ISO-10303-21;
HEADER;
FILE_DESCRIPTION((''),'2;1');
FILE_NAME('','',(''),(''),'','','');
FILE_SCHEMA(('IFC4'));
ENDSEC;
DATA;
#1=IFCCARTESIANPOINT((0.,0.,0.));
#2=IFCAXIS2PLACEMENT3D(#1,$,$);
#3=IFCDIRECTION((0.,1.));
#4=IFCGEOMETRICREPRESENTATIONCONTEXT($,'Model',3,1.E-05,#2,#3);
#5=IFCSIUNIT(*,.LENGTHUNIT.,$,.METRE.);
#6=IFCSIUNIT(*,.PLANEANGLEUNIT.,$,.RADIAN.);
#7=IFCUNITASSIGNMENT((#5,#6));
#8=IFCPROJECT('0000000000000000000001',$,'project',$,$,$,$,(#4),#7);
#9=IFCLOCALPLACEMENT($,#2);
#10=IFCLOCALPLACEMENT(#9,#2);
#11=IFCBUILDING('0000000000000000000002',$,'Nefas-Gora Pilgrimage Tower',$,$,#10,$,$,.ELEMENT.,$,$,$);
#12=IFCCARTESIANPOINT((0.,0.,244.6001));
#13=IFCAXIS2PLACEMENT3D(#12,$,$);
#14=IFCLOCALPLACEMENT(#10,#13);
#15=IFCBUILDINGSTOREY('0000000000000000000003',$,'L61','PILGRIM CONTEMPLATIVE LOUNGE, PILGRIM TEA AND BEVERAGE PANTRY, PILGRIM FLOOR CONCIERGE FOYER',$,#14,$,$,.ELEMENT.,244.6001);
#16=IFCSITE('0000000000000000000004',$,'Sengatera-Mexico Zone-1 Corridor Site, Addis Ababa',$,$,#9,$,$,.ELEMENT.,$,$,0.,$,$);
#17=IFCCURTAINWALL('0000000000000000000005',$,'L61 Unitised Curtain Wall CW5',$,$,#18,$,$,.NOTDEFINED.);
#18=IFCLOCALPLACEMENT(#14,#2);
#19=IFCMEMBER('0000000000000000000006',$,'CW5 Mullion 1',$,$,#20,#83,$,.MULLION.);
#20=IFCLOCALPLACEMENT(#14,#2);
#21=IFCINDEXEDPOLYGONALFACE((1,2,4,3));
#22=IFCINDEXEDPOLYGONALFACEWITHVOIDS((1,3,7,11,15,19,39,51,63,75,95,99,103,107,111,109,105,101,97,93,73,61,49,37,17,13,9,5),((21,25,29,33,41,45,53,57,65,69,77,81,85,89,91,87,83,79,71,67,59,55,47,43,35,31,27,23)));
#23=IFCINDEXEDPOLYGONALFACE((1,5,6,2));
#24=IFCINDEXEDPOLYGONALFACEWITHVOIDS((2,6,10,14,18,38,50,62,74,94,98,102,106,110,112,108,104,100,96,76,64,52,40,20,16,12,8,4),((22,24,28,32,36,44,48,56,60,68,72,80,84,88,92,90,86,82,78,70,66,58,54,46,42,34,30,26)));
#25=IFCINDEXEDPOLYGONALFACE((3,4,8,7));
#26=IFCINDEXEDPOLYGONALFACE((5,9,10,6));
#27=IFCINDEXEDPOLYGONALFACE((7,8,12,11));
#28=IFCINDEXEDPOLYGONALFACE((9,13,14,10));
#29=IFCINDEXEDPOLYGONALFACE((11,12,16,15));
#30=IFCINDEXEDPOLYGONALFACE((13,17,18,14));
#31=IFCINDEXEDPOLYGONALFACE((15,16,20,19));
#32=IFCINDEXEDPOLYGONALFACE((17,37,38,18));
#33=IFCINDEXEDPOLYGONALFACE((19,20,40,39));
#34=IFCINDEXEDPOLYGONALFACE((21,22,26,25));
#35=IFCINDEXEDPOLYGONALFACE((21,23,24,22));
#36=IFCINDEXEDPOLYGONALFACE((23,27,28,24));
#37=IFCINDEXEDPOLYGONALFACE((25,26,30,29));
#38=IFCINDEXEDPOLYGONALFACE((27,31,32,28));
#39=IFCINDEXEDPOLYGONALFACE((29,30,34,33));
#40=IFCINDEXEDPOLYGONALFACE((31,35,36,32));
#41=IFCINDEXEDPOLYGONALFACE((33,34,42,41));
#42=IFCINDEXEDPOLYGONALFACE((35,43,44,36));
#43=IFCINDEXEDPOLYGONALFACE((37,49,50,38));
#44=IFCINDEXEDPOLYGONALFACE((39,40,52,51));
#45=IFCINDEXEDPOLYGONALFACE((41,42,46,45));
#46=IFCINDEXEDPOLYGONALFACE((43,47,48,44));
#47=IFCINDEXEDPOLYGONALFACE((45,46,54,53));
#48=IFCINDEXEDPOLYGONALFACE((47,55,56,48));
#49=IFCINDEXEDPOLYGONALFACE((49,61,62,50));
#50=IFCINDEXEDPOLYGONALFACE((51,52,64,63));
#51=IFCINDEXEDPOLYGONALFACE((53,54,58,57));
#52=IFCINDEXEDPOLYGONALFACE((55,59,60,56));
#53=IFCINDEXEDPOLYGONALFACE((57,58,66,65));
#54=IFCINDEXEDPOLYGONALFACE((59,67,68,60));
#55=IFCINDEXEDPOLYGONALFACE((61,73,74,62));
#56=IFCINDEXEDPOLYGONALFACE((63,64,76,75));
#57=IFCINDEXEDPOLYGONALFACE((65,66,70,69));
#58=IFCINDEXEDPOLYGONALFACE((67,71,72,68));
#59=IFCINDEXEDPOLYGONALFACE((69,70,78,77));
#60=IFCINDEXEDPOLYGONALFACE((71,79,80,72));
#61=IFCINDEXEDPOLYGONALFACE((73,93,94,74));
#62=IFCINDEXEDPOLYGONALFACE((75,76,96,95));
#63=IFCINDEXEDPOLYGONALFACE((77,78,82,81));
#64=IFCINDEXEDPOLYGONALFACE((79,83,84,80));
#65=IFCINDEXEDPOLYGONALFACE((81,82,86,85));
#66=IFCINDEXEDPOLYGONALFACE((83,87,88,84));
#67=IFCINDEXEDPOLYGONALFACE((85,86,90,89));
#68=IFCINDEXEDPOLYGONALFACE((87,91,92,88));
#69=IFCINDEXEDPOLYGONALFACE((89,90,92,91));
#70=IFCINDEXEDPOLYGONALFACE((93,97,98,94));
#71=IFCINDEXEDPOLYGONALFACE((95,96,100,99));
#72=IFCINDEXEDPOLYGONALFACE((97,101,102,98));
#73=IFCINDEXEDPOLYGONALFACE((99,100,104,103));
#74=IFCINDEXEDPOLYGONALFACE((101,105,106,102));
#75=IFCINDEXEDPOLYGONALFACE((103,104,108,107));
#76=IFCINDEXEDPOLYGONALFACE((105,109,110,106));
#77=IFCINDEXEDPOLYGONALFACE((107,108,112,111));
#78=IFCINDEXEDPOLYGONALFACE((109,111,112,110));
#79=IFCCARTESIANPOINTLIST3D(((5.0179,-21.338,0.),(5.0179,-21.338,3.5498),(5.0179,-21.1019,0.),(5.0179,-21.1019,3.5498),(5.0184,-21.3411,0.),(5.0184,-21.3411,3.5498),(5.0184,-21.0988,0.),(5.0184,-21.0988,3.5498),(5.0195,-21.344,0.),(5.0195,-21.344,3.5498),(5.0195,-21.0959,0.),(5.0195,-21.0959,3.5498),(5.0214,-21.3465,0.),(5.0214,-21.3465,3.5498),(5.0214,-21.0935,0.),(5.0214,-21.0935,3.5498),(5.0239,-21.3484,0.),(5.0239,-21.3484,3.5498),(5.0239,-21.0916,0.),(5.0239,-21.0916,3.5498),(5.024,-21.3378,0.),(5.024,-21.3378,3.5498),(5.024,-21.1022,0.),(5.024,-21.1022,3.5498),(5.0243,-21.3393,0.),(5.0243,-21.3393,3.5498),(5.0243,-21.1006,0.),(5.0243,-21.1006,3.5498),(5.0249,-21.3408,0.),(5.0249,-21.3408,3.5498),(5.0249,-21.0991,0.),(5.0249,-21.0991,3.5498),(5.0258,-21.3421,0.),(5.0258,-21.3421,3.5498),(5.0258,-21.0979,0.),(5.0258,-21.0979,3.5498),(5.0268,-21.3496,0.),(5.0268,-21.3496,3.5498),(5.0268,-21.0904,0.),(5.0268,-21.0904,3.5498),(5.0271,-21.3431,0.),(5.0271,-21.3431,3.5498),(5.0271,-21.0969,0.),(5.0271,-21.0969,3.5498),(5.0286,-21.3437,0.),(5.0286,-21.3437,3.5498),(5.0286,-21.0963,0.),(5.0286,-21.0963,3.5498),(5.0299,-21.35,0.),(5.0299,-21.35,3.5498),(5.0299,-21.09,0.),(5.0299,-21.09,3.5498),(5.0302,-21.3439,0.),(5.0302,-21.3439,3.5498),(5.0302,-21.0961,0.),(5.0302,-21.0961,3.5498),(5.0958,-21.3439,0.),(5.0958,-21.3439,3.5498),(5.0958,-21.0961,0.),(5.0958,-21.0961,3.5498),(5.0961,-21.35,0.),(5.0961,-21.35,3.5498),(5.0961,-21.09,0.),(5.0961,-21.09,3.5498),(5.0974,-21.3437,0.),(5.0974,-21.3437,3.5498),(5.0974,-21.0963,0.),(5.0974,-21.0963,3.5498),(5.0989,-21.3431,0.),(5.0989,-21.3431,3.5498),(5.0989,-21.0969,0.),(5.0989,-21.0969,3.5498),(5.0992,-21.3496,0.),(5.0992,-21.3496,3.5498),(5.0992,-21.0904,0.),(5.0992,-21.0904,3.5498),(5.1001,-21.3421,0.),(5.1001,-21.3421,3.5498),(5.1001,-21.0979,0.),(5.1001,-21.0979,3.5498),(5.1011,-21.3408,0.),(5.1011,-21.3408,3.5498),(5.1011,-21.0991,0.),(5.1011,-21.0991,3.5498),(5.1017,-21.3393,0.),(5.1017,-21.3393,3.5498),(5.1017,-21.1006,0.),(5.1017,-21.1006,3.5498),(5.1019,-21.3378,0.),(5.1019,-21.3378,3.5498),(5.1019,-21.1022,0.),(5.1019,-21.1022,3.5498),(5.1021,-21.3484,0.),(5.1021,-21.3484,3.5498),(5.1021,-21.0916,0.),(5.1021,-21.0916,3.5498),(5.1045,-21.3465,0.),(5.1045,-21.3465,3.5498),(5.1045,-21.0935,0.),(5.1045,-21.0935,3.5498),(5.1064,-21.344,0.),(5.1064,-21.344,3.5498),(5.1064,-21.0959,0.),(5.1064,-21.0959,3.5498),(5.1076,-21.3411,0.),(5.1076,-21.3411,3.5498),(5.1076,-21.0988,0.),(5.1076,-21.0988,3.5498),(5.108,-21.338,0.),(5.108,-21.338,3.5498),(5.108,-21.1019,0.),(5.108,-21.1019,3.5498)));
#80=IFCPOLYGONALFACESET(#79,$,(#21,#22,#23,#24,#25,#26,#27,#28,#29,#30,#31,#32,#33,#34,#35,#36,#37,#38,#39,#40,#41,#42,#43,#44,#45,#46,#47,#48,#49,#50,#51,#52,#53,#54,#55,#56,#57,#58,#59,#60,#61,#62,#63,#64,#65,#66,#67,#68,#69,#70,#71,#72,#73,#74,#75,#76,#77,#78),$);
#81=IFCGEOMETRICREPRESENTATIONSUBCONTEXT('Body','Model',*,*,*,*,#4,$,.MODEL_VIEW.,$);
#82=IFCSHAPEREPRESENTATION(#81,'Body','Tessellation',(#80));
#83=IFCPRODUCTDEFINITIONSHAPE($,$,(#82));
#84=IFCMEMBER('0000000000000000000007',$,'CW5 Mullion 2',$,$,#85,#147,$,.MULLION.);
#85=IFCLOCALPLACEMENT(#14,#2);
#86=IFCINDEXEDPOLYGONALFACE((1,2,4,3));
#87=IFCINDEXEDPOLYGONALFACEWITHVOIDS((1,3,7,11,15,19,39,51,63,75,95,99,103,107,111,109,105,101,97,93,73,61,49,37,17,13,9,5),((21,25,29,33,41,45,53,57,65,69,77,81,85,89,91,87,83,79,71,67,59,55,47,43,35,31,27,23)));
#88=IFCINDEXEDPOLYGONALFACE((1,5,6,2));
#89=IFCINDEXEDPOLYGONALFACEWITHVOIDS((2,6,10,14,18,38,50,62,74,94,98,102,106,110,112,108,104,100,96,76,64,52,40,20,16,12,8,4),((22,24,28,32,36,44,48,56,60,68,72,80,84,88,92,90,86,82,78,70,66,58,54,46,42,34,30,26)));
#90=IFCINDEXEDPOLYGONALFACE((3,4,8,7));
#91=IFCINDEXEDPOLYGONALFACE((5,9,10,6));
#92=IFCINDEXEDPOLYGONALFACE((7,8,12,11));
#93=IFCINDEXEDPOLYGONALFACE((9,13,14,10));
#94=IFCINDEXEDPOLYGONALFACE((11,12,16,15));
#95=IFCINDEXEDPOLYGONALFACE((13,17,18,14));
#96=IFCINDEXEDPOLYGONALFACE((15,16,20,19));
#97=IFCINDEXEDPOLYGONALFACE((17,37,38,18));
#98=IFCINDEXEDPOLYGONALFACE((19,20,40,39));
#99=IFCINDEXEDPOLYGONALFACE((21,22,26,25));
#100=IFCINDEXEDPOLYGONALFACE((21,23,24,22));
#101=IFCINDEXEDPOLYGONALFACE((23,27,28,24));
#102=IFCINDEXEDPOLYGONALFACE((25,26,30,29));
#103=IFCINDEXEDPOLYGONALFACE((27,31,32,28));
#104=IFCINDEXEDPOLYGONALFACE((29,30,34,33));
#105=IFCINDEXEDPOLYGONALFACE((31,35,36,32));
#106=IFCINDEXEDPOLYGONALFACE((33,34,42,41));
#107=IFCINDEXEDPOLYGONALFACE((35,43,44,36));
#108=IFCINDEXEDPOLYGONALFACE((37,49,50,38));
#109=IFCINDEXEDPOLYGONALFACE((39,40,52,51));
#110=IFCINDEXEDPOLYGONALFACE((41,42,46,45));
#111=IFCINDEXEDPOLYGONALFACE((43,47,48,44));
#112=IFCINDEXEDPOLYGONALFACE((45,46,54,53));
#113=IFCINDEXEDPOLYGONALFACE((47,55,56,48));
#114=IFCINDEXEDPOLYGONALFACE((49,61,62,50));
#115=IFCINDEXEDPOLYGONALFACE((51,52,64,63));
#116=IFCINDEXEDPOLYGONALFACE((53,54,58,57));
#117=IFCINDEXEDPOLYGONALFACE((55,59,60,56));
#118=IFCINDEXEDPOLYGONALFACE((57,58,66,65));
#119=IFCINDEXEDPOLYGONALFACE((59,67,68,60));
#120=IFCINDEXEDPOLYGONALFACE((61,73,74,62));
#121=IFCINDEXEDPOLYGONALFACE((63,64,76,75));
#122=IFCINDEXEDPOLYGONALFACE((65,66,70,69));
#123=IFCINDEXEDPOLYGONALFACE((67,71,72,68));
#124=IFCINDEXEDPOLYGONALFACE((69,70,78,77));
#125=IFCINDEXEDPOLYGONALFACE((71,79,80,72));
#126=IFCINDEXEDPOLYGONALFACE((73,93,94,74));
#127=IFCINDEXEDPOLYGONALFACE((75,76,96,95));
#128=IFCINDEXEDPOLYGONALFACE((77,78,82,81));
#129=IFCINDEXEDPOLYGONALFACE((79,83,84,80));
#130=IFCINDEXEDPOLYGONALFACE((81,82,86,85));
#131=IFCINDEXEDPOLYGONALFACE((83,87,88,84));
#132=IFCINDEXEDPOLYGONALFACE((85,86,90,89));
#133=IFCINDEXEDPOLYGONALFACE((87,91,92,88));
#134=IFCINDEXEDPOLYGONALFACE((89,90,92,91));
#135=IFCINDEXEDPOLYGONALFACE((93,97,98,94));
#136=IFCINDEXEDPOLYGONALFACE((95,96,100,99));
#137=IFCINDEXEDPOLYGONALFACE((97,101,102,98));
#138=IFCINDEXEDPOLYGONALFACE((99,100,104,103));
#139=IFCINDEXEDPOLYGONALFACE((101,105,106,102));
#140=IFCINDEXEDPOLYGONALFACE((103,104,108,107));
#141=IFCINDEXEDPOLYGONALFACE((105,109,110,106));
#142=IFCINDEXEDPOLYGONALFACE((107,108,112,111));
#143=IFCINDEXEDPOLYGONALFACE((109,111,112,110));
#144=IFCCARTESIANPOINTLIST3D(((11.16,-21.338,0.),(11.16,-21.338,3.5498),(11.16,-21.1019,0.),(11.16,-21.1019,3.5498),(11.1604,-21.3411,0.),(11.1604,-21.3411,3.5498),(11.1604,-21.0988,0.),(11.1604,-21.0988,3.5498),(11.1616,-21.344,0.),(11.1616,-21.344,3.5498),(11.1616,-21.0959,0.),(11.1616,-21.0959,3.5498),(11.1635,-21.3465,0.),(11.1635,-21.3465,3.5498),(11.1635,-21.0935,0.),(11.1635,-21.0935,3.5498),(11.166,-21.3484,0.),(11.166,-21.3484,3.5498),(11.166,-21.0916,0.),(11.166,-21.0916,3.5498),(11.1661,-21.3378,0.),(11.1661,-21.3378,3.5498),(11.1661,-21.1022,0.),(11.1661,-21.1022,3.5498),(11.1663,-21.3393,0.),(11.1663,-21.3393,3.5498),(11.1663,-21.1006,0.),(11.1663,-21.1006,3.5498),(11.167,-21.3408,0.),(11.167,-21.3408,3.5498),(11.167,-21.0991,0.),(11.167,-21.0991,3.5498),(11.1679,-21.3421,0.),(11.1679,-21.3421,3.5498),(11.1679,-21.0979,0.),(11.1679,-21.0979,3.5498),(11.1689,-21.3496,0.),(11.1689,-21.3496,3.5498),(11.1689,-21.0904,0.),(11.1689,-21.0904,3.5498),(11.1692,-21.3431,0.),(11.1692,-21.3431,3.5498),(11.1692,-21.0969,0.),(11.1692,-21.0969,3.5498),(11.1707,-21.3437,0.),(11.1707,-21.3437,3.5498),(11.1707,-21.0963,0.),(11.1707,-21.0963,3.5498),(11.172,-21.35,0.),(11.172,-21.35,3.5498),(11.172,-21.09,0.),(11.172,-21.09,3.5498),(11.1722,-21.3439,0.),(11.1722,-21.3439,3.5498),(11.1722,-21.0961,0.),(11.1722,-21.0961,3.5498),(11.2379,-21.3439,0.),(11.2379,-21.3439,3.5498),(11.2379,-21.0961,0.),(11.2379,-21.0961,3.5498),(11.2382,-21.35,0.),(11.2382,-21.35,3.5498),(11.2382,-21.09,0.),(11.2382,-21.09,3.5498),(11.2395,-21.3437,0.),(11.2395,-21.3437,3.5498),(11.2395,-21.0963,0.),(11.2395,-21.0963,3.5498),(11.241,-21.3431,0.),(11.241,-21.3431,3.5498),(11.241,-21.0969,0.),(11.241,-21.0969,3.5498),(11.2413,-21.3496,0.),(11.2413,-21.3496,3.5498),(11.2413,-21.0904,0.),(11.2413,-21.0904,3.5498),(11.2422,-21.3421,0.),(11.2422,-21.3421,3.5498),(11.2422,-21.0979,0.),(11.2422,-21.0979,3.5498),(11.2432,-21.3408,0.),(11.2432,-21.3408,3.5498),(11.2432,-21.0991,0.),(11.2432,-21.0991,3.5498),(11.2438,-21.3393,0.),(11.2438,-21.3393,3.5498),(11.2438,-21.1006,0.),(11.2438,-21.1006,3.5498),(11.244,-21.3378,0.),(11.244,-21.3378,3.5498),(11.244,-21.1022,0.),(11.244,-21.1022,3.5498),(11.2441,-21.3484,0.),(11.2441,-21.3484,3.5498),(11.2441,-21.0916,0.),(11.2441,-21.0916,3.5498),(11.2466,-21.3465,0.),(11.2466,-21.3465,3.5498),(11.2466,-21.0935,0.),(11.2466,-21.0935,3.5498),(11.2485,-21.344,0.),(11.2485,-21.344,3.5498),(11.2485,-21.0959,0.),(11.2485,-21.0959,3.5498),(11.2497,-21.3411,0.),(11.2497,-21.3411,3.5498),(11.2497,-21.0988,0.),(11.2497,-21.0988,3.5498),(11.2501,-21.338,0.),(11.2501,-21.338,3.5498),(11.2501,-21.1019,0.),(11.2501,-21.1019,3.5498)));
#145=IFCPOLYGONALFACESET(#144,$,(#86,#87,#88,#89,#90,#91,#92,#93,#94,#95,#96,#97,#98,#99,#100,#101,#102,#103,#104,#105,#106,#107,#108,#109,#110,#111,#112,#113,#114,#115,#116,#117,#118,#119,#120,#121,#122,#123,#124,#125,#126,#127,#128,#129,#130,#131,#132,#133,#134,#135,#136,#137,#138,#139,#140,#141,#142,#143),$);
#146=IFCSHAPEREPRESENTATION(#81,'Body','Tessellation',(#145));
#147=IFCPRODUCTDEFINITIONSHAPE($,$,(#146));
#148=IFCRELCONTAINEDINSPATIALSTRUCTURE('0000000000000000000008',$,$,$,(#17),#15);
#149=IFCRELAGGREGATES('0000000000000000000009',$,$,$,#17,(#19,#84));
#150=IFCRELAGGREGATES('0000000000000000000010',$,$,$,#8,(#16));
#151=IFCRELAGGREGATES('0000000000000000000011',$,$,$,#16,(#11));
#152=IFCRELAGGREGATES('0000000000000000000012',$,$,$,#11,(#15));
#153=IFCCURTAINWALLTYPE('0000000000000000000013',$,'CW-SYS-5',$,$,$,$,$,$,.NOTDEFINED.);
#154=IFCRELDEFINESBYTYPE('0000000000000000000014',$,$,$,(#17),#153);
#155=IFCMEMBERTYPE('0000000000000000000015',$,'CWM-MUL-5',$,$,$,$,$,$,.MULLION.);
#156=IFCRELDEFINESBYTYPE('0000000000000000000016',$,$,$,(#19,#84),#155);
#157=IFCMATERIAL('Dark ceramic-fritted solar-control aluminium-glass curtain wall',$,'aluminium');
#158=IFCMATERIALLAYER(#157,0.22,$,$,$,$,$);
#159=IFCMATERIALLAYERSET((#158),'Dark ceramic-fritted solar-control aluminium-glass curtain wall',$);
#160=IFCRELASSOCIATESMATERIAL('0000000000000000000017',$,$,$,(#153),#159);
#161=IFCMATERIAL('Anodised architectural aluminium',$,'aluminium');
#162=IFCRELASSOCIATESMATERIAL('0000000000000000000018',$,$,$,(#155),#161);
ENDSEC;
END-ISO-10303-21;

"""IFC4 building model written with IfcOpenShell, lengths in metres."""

from ifc_helpers import new_model, si_unit, direction, frame, origin, origin_2d, place, context, subcontext, project, spatial, hollow_rectangle, extrude, source, transform, mapped, material, layer, layer_set, material_profile, profile_set, type_object, element, aggregate, save


model = new_model("IFC4")

# Units and contexts
model_context = context("Model", 3, precision=1e-05, world=origin(), true_north=direction((0.0, 1.0)))
body_context = subcontext(model_context, "Body", "Model", "MODEL_VIEW")
ifc_project = project(units=[si_unit("LENGTHUNIT", "METRE"), si_unit("PLANEANGLEUNIT", "RADIAN")], contexts=[model_context])

# Site, building, storey
site_placement = place(None, origin())
site = spatial("IfcSite", under=ifc_project, at=site_placement, Name="Sengatera-Mexico Zone-1 Corridor Site, Addis Ababa", CompositionType="ELEMENT", RefElevation=0.0)
building_placement = place(site_placement, origin())
building = spatial("IfcBuilding", under=site, at=building_placement, Name="Nefas-Gora Pilgrimage Tower", CompositionType="ELEMENT")
storey_placement = place(building_placement, frame((0.0, 0.0, 244.6001)))
storey = spatial("IfcBuildingStorey", under=building, at=storey_placement, Name="L61", Description="PILGRIM CONTEMPLATIVE LOUNGE, PILGRIM TEA AND BEVERAGE PANTRY, PILGRIM FLOOR CONCIERGE FOYER", CompositionType="ELEMENT", Elevation=244.6001)

# Curtain wall, members
ifc_material_1 = material(Name="Dark ceramic-fritted solar-control aluminium-glass curtain wall", Category="aluminium")
ifc_layer_1 = layer(ifc_material_1, 0.22)
ifc_layer_set_1 = layer_set([ifc_layer_1], Name="Dark ceramic-fritted solar-control aluminium-glass curtain wall")
curtain_wall_type = type_object("IfcCurtainWallType", Name="CW-SYS-5", PredefinedType="NOTDEFINED", material=ifc_layer_set_1)
curtain_wall_1_placement = place(storey_placement, origin())
curtain_wall_1 = element("IfcCurtainWall", 1, at=curtain_wall_1_placement, inside=storey, type_object=curtain_wall_type, Name="L61 Unitised Curtain Wall CW5", PredefinedType="NOTDEFINED")
ifc_material_2 = material(Name="Anodised architectural aluminium", Category="aluminium")
ifc_material_profile_1 = material_profile(ifc_material_2, hollow_rectangle(XDim=0.0901, YDim=0.26, WallThickness=0.0061, InnerFilletRadius=0.0061, OuterFilletRadius=0.012, at=origin_2d()), Name="ALU MULLION 90x260")
ifc_profile_set_1 = profile_set([ifc_material_profile_1], Name="Anodised architectural aluminium")
member_type_1 = type_object("IfcMemberType", Name="CWM-MUL-5", PredefinedType="MULLION", material=ifc_profile_set_1)
shared_shape_1 = source(origin(), body_context, "Body", "SweptSolid", [
    extrude(hollow_rectangle(XDim=0.0901, YDim=0.26, WallThickness=0.0061, InnerFilletRadius=0.0061, OuterFilletRadius=0.012, at=origin_2d()), origin(), (0.0, 0.0, 1.0), 3.5498),
])
member_1_placement = place(storey_placement, frame((5.063, -21.22, 0.0), z_axis=(0.0, 0.0, 1.0), x_axis=(1.0, 0.0, 0.0)))
member_1 = element("IfcMember", 2, at=member_1_placement, type_object=member_type_1, Name="CW5 Mullion 1", PredefinedType="MULLION", context=body_context, shape_type="MappedRepresentation", body=[
    mapped(shared_shape_1, transform((0.0, 0.0, 0.0), x_axis=(1.0, 0.0, 0.0), y_axis=(0.0, 1.0, 0.0), z_axis=(0.0, 0.0, 1.0), scale=1.0)),
])
member_2_placement = place(storey_placement, frame((11.2051, -21.22, 0.0), z_axis=(0.0, 0.0, 1.0), x_axis=(1.0, 0.0, 0.0)))
member_2 = element("IfcMember", 3, at=member_2_placement, type_object=member_type_1, Name="CW5 Mullion 2", PredefinedType="MULLION", context=body_context, shape_type="MappedRepresentation", body=[
    mapped(shared_shape_1, transform((0.0, 0.0, 0.0), x_axis=(1.0, 0.0, 0.0), y_axis=(0.0, 1.0, 0.0), z_axis=(0.0, 0.0, 1.0), scale=1.0)),
])

aggregate(curtain_wall_1, [member_1, member_2])

save(model, "model.ifc")
